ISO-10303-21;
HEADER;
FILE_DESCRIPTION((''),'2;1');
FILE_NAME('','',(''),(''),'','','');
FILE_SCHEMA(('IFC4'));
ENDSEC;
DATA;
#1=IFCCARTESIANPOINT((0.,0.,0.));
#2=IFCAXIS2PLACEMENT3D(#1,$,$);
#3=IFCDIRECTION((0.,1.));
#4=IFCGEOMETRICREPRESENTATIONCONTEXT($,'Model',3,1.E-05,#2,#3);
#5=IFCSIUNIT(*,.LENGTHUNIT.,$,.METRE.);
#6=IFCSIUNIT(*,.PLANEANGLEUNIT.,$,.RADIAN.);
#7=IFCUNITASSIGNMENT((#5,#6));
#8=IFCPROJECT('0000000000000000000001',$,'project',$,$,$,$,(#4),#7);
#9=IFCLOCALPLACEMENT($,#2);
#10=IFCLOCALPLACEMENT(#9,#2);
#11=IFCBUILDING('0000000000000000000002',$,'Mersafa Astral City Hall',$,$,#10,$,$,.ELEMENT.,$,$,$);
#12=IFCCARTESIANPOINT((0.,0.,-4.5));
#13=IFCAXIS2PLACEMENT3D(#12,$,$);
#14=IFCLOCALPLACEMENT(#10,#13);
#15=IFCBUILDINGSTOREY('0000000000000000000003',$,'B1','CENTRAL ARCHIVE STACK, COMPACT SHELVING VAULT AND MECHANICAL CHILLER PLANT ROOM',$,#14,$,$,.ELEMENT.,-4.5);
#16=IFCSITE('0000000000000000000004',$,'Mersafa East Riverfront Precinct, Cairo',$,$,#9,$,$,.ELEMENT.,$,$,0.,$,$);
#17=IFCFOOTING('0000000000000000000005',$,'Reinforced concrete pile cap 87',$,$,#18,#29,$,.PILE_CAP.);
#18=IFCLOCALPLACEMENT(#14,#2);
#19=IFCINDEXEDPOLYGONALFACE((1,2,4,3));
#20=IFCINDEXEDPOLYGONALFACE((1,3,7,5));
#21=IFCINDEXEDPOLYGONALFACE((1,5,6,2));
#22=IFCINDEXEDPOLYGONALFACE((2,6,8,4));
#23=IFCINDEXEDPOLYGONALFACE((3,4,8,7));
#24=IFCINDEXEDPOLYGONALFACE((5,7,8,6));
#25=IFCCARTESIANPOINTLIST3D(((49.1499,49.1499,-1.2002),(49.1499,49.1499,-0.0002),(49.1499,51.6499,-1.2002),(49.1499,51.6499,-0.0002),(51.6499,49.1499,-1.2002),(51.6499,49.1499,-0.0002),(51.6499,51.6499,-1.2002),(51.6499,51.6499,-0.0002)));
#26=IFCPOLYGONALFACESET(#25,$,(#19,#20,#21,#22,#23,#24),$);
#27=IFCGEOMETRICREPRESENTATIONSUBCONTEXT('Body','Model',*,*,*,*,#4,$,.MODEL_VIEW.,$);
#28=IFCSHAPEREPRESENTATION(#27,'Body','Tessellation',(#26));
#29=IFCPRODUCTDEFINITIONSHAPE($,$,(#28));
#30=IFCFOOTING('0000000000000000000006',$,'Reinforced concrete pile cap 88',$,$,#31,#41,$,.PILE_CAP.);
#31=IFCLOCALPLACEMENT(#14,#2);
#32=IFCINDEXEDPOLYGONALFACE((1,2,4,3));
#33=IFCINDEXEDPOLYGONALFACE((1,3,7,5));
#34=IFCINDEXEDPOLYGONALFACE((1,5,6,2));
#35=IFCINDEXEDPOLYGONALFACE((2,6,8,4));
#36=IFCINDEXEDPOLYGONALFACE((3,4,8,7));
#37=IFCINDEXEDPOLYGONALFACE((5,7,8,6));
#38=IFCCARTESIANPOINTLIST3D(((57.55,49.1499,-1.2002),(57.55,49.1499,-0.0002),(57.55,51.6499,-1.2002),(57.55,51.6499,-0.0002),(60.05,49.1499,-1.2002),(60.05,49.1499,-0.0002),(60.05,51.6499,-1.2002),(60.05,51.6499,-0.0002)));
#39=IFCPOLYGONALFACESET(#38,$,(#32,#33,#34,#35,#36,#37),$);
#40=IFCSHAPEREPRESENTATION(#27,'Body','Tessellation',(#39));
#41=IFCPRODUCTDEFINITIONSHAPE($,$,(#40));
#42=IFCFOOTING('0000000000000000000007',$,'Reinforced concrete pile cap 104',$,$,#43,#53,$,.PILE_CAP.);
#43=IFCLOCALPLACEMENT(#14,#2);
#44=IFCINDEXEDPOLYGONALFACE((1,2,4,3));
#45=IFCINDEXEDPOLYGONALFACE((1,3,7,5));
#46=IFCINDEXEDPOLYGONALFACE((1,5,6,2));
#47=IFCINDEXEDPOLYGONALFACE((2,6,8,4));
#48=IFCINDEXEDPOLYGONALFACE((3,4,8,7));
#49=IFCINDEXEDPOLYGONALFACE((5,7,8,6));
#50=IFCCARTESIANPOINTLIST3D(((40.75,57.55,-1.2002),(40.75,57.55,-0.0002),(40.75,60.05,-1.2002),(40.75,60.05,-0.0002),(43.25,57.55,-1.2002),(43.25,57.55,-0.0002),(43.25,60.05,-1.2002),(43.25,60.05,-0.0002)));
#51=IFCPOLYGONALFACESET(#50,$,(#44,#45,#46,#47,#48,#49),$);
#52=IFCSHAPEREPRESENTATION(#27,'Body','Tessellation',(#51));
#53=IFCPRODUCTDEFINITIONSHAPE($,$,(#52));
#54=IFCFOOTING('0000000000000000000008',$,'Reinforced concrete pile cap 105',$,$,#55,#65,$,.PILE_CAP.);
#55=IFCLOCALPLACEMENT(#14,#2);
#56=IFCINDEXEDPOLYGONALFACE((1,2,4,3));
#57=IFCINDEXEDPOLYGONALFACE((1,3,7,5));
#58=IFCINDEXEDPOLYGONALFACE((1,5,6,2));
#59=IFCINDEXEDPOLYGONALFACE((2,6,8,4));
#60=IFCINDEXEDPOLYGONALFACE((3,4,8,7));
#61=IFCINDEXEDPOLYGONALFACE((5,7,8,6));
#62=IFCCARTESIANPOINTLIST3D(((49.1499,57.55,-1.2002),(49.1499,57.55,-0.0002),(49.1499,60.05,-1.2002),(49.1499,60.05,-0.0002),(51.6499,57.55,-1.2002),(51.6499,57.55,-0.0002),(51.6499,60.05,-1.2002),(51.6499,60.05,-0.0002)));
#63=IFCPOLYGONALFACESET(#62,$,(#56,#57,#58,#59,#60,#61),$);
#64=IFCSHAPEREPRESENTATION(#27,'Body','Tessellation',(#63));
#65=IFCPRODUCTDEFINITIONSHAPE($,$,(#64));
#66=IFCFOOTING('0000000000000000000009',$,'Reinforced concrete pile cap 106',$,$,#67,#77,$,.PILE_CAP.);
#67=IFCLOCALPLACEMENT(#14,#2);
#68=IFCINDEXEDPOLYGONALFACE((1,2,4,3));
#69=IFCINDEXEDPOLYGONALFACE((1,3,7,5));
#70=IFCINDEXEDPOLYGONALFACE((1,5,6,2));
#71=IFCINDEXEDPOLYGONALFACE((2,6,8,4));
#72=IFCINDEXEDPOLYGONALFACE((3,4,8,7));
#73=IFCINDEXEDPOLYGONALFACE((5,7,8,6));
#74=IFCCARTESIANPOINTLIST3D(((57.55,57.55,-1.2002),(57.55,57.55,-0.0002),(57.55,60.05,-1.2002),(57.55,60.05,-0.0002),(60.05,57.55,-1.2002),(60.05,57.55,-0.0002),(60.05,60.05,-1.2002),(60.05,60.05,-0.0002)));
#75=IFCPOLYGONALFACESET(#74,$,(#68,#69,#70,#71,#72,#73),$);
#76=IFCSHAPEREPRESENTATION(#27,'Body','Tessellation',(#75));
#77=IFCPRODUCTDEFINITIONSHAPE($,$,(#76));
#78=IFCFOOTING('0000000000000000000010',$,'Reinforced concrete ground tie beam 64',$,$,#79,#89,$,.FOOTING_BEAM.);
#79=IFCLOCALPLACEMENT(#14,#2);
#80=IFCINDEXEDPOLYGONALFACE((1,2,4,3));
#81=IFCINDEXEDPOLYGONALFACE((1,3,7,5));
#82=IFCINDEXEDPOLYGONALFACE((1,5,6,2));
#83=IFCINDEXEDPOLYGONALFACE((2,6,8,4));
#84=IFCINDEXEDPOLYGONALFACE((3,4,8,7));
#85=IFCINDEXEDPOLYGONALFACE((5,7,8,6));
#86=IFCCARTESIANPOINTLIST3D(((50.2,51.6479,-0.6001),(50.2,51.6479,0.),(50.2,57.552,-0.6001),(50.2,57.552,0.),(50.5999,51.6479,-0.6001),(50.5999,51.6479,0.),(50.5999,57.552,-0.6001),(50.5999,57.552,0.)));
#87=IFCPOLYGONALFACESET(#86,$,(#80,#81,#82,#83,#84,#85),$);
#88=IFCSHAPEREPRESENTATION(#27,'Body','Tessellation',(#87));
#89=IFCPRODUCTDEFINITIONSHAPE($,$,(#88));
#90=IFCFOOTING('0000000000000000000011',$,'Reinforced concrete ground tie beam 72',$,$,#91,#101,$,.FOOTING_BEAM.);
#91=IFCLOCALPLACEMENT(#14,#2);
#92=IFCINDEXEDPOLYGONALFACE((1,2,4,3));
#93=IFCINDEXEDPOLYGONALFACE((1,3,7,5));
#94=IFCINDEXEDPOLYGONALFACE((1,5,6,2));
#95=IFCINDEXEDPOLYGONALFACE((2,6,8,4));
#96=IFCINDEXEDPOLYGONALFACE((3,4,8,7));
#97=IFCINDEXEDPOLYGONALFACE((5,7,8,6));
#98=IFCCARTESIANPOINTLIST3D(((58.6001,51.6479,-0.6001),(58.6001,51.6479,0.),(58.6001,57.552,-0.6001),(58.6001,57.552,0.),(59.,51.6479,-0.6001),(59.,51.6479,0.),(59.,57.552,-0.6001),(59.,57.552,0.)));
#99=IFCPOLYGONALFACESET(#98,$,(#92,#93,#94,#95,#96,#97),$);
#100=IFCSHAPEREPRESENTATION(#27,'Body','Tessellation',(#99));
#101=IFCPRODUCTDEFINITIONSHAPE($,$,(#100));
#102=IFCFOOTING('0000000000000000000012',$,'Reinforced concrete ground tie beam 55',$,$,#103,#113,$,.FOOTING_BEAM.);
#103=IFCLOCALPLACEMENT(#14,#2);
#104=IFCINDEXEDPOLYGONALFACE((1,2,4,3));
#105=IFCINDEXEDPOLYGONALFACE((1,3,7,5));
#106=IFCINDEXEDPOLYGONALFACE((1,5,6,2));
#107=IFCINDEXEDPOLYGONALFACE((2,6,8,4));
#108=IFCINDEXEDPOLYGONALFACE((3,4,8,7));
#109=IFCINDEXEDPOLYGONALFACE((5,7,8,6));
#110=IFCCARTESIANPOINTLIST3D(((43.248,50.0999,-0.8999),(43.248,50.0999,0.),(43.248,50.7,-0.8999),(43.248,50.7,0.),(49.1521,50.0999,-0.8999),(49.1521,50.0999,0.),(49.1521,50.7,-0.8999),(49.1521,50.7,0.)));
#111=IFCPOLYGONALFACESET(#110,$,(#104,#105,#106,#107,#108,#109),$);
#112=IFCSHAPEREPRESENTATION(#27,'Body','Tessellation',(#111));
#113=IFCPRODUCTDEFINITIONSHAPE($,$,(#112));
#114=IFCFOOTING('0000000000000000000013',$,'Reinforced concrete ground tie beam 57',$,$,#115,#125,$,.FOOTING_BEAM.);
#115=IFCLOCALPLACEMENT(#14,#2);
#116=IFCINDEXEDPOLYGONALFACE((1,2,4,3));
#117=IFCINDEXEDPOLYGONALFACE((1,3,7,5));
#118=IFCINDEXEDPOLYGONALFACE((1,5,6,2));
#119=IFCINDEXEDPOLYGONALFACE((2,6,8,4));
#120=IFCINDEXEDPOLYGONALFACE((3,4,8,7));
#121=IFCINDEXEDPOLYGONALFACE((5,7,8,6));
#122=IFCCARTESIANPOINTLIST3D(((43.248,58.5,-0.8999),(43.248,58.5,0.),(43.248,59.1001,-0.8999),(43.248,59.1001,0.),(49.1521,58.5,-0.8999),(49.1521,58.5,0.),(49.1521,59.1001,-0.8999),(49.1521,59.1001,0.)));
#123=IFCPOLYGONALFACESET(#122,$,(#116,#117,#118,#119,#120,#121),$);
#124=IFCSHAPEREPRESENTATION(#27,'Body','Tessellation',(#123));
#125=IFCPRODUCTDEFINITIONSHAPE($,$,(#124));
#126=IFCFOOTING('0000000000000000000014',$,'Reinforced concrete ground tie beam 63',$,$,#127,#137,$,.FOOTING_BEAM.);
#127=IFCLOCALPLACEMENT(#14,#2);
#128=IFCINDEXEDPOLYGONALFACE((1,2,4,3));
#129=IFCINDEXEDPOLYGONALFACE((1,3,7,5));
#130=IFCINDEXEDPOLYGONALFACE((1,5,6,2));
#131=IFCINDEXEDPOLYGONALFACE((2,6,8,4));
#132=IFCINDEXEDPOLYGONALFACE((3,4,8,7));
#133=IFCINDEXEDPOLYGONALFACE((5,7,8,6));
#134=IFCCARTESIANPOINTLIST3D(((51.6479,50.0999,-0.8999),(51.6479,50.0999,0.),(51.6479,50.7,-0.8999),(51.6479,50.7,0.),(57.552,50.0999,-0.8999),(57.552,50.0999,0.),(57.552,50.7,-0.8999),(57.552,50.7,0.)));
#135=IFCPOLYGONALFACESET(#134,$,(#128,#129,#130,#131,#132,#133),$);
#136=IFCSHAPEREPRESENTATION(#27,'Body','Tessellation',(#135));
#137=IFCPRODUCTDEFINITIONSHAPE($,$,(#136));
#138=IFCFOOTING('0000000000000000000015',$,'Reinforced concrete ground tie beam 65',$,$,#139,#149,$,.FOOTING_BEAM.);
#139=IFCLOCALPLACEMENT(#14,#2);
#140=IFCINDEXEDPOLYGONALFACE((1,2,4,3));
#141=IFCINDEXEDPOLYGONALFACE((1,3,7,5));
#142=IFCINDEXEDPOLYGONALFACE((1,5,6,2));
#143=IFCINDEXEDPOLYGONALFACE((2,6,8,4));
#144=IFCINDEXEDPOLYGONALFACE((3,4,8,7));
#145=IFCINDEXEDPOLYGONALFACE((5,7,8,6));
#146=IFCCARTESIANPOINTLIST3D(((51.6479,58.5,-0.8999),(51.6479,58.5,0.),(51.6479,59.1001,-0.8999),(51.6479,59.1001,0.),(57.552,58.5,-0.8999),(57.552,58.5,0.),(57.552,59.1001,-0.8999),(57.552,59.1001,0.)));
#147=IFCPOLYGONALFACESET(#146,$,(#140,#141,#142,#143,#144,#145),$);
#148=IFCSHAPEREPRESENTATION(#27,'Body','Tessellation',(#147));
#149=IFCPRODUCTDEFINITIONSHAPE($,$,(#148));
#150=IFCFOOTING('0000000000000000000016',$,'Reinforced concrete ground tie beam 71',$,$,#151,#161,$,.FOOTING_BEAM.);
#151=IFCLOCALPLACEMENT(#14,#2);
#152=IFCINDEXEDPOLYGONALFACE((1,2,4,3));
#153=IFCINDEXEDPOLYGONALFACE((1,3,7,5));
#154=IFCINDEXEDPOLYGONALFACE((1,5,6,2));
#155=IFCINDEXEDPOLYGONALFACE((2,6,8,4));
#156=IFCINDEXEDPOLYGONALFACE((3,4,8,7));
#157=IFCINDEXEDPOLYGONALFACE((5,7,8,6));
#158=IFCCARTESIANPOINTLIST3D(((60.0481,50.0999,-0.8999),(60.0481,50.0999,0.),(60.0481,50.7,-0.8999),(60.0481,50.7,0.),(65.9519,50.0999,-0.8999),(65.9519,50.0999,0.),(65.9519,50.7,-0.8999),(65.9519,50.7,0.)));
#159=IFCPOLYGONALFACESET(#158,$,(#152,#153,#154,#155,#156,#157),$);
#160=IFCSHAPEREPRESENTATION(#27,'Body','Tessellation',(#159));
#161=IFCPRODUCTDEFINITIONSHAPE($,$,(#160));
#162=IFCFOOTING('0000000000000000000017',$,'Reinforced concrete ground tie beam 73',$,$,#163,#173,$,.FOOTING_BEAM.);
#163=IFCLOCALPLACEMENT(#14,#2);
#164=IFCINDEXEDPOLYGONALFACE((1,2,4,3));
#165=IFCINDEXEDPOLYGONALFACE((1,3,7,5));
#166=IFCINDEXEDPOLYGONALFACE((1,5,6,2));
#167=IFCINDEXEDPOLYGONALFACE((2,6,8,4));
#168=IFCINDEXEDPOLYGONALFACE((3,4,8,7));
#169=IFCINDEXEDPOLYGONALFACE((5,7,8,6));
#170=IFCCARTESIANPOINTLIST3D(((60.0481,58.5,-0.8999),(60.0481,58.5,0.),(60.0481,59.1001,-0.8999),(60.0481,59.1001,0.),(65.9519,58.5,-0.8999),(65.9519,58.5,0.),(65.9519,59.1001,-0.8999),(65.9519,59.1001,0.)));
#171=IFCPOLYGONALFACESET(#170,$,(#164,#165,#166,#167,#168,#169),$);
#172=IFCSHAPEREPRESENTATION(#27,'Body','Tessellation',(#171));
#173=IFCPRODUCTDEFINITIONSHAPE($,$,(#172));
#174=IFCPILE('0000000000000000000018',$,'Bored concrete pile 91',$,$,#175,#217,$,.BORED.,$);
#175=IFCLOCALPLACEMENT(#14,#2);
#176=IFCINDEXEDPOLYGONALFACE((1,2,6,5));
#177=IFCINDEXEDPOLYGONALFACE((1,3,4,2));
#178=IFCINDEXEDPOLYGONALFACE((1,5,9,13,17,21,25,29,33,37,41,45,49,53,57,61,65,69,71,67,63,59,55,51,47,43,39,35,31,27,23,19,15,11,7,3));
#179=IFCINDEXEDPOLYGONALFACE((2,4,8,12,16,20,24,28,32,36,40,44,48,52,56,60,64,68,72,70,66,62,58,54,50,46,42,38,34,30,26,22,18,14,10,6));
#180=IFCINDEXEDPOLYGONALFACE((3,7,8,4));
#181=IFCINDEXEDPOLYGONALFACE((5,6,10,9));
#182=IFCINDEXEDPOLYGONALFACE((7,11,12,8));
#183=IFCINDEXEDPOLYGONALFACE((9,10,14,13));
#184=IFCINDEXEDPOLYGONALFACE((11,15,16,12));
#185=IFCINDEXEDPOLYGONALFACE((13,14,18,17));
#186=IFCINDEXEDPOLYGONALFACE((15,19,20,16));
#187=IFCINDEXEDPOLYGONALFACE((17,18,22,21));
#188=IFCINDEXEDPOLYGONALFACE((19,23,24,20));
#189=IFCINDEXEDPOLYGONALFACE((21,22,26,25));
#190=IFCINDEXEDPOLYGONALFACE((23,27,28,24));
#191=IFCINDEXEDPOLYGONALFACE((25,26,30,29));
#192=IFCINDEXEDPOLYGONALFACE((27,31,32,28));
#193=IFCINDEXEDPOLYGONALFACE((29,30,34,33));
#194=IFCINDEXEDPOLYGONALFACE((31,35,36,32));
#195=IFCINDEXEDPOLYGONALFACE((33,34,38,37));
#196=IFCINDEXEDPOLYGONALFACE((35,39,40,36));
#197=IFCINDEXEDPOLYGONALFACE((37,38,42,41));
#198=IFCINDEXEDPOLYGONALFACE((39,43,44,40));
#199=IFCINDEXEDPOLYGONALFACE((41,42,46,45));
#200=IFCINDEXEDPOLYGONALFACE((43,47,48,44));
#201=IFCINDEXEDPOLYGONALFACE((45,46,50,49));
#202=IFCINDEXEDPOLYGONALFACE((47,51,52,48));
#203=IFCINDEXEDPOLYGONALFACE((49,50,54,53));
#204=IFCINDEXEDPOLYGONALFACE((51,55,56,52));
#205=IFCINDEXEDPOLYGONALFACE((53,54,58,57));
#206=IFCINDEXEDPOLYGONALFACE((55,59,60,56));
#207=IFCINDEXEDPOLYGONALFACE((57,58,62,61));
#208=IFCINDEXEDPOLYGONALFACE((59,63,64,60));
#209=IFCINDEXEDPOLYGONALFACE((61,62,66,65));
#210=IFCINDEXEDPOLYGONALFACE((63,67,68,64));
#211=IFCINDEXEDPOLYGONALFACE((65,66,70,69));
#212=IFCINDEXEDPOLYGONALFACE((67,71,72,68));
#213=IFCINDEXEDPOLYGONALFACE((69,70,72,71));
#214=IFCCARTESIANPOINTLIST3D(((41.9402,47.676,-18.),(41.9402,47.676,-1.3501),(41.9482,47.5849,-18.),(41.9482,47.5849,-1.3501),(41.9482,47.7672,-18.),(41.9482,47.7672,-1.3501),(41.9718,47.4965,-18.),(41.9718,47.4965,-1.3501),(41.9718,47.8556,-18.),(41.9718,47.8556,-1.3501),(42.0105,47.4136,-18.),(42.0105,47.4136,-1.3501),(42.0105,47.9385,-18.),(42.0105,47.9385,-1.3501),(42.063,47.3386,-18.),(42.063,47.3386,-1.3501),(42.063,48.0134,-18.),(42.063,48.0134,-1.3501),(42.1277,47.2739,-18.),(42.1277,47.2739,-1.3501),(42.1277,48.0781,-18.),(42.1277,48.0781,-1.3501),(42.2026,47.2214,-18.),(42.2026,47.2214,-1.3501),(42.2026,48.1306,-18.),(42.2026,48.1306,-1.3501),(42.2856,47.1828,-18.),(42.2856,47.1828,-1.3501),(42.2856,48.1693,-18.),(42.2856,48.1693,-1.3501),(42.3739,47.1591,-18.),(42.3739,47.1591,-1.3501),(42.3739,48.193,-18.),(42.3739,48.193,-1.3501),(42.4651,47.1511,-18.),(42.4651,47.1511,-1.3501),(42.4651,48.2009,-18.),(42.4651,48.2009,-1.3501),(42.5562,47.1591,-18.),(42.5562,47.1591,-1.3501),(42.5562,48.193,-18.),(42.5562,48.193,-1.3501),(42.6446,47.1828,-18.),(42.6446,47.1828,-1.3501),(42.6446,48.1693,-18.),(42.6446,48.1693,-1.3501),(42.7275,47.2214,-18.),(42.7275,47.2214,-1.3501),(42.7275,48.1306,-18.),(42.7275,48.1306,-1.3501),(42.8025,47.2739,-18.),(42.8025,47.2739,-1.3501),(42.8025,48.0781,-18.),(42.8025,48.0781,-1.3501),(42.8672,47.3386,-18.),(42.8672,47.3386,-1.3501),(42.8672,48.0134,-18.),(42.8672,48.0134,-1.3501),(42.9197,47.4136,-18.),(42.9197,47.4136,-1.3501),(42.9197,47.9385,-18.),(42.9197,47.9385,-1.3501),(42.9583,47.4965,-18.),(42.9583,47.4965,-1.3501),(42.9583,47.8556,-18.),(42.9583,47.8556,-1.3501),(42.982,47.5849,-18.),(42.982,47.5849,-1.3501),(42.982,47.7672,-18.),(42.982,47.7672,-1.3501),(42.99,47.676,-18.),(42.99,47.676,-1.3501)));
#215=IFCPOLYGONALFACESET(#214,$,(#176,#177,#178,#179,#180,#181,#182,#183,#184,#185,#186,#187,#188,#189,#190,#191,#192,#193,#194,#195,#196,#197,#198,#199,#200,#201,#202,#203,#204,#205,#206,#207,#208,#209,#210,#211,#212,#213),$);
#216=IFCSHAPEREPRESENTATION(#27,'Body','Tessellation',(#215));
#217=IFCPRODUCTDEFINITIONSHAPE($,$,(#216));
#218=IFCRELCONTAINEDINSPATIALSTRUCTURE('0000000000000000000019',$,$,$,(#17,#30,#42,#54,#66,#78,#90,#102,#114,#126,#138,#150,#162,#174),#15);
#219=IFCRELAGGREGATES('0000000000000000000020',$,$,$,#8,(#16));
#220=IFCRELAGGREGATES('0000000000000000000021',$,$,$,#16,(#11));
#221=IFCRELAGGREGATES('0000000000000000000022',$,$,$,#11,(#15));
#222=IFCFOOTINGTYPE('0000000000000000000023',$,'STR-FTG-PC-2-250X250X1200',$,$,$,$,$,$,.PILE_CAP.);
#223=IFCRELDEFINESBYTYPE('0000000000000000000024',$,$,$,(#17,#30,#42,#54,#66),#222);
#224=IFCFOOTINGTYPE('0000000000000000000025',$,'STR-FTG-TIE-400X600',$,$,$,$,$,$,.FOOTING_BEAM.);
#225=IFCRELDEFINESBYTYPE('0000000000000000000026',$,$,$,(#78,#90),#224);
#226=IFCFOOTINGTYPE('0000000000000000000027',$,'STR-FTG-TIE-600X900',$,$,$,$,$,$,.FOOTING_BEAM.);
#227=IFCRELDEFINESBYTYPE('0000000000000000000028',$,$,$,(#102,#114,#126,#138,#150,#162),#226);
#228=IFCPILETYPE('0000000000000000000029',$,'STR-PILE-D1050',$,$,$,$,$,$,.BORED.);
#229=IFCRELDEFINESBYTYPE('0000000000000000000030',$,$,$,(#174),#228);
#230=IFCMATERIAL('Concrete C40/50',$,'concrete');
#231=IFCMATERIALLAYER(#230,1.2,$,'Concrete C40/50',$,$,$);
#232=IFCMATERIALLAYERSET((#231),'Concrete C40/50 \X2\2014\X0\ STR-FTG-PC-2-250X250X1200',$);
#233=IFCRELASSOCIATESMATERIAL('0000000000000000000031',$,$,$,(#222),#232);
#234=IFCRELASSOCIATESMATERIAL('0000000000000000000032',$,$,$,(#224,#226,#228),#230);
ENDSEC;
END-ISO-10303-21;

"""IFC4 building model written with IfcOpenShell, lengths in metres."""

from ifc_helpers import new_model, si_unit, direction, frame, origin, origin_2d, place, context, subcontext, project, spatial, rectangle, circle, extrude, material, layer, layer_set, material_profile, profile_set, type_object, element, save


model = new_model("IFC4")

# Units and contexts
model_context = context("Model", 3, precision=1e-05, world=origin(), true_north=direction((0.0, 1.0)))
body_context = subcontext(model_context, "Body", "Model", "MODEL_VIEW")
ifc_project = project(units=[si_unit("LENGTHUNIT", "METRE"), si_unit("PLANEANGLEUNIT", "RADIAN")], contexts=[model_context])

# Site, building, storey
site_placement = place(None, origin())
site = spatial("IfcSite", under=ifc_project, at=site_placement, Name="Mersafa East Riverfront Precinct, Cairo", CompositionType="ELEMENT", RefElevation=0.0)
building_placement = place(site_placement, origin())
building = spatial("IfcBuilding", under=site, at=building_placement, Name="Mersafa Astral City Hall", CompositionType="ELEMENT")
storey_placement = place(building_placement, frame((0.0, 0.0, -4.5)))
storey = spatial("IfcBuildingStorey", under=building, at=storey_placement, Name="B1", Description="CENTRAL ARCHIVE STACK, COMPACT SHELVING VAULT AND MECHANICAL CHILLER PLANT ROOM", CompositionType="ELEMENT", Elevation=-4.5)

# Footings
ifc_material = material(Name="Concrete C40/50", Category="concrete")
ifc_layer = layer(ifc_material, 1.2, Name="Concrete C40/50")
ifc_layer_set = layer_set([ifc_layer], Name="Concrete C40/50 — STR-FTG-PC-2-250X250X1200")
footing_type_1 = type_object("IfcFootingType", Name="STR-FTG-PC-2-250X250X1200", PredefinedType="PILE_CAP", material=ifc_layer_set)
for number, where, z_axis, x_axis, name in (
    (1, (50.3999, 50.3999, -1.2002), (0.0, 0.0, 1.0), (1.0, 0.0, 0.0), "Reinforced concrete pile cap 87"),
    (2, (58.8, 50.3999, -1.2002), (0.0, 0.0, 1.0), (1.0, 0.0, 0.0), "Reinforced concrete pile cap 88"),
    (3, (42.0, 58.8, -1.2002), (0.0, 0.0, 1.0), (1.0, 0.0, 0.0), "Reinforced concrete pile cap 104"),
    (4, (50.3999, 58.8, -1.2002), (0.0, 0.0, 1.0), (1.0, 0.0, 0.0), "Reinforced concrete pile cap 105"),
    (5, (58.8, 58.8, -1.2002), (0.0, 0.0, 1.0), (1.0, 0.0, 0.0), "Reinforced concrete pile cap 106"),
):
    element("IfcFooting", number, at=place(storey_placement, frame(where, z_axis=z_axis, x_axis=x_axis)), inside=storey, type_object=footing_type_1, Name=name, PredefinedType="PILE_CAP", context=body_context, shape_type="SweptSolid", body=[
        extrude(rectangle(XDim=2.5, YDim=2.5, at=origin_2d()), origin(), (0.0, 0.0, 1.0), 1.2),
    ])
ifc_material_profile_1 = material_profile(ifc_material, rectangle(XDim=0.3999, YDim=0.6001, at=origin_2d()), Name="RC 400x600")
ifc_profile_set_1 = profile_set([ifc_material_profile_1], Name="Concrete C40/50")
footing_type_2 = type_object("IfcFootingType", Name="STR-FTG-TIE-400X600", PredefinedType="FOOTING_BEAM", material=ifc_profile_set_1)
for number, where, z_axis, x_axis, name in (
    (6, (50.3999, 51.6479, -0.3), (0.0, 1.0, 0.0), (-1.0, 0.0, 0.0), "Reinforced concrete ground tie beam 64"),
    (7, (58.8, 51.6479, -0.3), (0.0, 1.0, 0.0), (-1.0, 0.0, 0.0), "Reinforced concrete ground tie beam 72"),
):
    element("IfcFooting", number, at=place(storey_placement, frame(where, z_axis=z_axis, x_axis=x_axis)), inside=storey, type_object=footing_type_2, Name=name, PredefinedType="FOOTING_BEAM", context=body_context, shape_type="SweptSolid", body=[
        extrude(rectangle(XDim=0.3999, YDim=0.6001, at=origin_2d()), origin(), (0.0, 0.0, 1.0), 5.9041),
    ])
ifc_material_profile_2 = material_profile(ifc_material, rectangle(XDim=0.6001, YDim=0.8999, at=origin_2d()), Name="RC 600x900")
ifc_profile_set_2 = profile_set([ifc_material_profile_2], Name="Concrete C40/50")
footing_type_3 = type_object("IfcFootingType", Name="STR-FTG-TIE-600X900", PredefinedType="FOOTING_BEAM", material=ifc_profile_set_2)
for number, where, z_axis, x_axis, name in (
    (8, (43.248, 50.3999, -0.45), (1.0, 0.0, 0.0), (0.0, 1.0, 0.0), "Reinforced concrete ground tie beam 55"),
    (9, (43.248, 58.8, -0.45), (1.0, 0.0, 0.0), (0.0, 1.0, 0.0), "Reinforced concrete ground tie beam 57"),
    (10, (51.6479, 50.3999, -0.45), (1.0, 0.0, 0.0), (0.0, 1.0, 0.0), "Reinforced concrete ground tie beam 63"),
    (11, (51.6479, 58.8, -0.45), (1.0, 0.0, 0.0), (0.0, 1.0, 0.0), "Reinforced concrete ground tie beam 65"),
):
    element("IfcFooting", number, at=place(storey_placement, frame(where, z_axis=z_axis, x_axis=x_axis)), inside=storey, type_object=footing_type_3, Name=name, PredefinedType="FOOTING_BEAM", context=body_context, shape_type="SweptSolid", body=[
        extrude(rectangle(XDim=0.6001, YDim=0.8999, at=origin_2d()), origin(), (0.0, 0.0, 1.0), 5.9041),
    ])
for number, where, z_axis, x_axis, name in (
    (12, (60.0481, 50.3999, -0.45), (1.0, 0.0, 0.0), (0.0, 1.0, 0.0), "Reinforced concrete ground tie beam 71"),
    (13, (60.0481, 58.8, -0.45), (1.0, 0.0, 0.0), (0.0, 1.0, 0.0), "Reinforced concrete ground tie beam 73"),
):
    element("IfcFooting", number, at=place(storey_placement, frame(where, z_axis=z_axis, x_axis=x_axis)), inside=storey, type_object=footing_type_3, Name=name, PredefinedType="FOOTING_BEAM", context=body_context, shape_type="SweptSolid", body=[
        extrude(rectangle(XDim=0.6001, YDim=0.8999, at=origin_2d()), origin(), (0.0, 0.0, 1.0), 5.9038),
    ])

# Pile
ifc_material_profile_3 = material_profile(ifc_material, circle(Radius=0.5249, at=origin_2d()), Name="PILE D1050")
ifc_profile_set_3 = profile_set([ifc_material_profile_3], Name="Concrete C40/50")
pile_type_1 = type_object("IfcPileType", Name="STR-PILE-D1050", PredefinedType="BORED", material=ifc_profile_set_3)
for number, where, z_axis, x_axis, name in (
    (14, (42.4651, 47.676, -1.3501), (0.0, 0.0, -1.0), (1.0, 0.0, 0.0), "Bored concrete pile 91"),
):
    element("IfcPile", number, at=place(storey_placement, frame(where, z_axis=z_axis, x_axis=x_axis)), inside=storey, type_object=pile_type_1, Name=name, PredefinedType="BORED", context=body_context, shape_type="SweptSolid", body=[
        extrude(circle(Radius=0.5249, at=origin_2d()), origin(), (0.0, 0.0, 1.0), 16.6499),
    ])

save(model, "model.ifc")
